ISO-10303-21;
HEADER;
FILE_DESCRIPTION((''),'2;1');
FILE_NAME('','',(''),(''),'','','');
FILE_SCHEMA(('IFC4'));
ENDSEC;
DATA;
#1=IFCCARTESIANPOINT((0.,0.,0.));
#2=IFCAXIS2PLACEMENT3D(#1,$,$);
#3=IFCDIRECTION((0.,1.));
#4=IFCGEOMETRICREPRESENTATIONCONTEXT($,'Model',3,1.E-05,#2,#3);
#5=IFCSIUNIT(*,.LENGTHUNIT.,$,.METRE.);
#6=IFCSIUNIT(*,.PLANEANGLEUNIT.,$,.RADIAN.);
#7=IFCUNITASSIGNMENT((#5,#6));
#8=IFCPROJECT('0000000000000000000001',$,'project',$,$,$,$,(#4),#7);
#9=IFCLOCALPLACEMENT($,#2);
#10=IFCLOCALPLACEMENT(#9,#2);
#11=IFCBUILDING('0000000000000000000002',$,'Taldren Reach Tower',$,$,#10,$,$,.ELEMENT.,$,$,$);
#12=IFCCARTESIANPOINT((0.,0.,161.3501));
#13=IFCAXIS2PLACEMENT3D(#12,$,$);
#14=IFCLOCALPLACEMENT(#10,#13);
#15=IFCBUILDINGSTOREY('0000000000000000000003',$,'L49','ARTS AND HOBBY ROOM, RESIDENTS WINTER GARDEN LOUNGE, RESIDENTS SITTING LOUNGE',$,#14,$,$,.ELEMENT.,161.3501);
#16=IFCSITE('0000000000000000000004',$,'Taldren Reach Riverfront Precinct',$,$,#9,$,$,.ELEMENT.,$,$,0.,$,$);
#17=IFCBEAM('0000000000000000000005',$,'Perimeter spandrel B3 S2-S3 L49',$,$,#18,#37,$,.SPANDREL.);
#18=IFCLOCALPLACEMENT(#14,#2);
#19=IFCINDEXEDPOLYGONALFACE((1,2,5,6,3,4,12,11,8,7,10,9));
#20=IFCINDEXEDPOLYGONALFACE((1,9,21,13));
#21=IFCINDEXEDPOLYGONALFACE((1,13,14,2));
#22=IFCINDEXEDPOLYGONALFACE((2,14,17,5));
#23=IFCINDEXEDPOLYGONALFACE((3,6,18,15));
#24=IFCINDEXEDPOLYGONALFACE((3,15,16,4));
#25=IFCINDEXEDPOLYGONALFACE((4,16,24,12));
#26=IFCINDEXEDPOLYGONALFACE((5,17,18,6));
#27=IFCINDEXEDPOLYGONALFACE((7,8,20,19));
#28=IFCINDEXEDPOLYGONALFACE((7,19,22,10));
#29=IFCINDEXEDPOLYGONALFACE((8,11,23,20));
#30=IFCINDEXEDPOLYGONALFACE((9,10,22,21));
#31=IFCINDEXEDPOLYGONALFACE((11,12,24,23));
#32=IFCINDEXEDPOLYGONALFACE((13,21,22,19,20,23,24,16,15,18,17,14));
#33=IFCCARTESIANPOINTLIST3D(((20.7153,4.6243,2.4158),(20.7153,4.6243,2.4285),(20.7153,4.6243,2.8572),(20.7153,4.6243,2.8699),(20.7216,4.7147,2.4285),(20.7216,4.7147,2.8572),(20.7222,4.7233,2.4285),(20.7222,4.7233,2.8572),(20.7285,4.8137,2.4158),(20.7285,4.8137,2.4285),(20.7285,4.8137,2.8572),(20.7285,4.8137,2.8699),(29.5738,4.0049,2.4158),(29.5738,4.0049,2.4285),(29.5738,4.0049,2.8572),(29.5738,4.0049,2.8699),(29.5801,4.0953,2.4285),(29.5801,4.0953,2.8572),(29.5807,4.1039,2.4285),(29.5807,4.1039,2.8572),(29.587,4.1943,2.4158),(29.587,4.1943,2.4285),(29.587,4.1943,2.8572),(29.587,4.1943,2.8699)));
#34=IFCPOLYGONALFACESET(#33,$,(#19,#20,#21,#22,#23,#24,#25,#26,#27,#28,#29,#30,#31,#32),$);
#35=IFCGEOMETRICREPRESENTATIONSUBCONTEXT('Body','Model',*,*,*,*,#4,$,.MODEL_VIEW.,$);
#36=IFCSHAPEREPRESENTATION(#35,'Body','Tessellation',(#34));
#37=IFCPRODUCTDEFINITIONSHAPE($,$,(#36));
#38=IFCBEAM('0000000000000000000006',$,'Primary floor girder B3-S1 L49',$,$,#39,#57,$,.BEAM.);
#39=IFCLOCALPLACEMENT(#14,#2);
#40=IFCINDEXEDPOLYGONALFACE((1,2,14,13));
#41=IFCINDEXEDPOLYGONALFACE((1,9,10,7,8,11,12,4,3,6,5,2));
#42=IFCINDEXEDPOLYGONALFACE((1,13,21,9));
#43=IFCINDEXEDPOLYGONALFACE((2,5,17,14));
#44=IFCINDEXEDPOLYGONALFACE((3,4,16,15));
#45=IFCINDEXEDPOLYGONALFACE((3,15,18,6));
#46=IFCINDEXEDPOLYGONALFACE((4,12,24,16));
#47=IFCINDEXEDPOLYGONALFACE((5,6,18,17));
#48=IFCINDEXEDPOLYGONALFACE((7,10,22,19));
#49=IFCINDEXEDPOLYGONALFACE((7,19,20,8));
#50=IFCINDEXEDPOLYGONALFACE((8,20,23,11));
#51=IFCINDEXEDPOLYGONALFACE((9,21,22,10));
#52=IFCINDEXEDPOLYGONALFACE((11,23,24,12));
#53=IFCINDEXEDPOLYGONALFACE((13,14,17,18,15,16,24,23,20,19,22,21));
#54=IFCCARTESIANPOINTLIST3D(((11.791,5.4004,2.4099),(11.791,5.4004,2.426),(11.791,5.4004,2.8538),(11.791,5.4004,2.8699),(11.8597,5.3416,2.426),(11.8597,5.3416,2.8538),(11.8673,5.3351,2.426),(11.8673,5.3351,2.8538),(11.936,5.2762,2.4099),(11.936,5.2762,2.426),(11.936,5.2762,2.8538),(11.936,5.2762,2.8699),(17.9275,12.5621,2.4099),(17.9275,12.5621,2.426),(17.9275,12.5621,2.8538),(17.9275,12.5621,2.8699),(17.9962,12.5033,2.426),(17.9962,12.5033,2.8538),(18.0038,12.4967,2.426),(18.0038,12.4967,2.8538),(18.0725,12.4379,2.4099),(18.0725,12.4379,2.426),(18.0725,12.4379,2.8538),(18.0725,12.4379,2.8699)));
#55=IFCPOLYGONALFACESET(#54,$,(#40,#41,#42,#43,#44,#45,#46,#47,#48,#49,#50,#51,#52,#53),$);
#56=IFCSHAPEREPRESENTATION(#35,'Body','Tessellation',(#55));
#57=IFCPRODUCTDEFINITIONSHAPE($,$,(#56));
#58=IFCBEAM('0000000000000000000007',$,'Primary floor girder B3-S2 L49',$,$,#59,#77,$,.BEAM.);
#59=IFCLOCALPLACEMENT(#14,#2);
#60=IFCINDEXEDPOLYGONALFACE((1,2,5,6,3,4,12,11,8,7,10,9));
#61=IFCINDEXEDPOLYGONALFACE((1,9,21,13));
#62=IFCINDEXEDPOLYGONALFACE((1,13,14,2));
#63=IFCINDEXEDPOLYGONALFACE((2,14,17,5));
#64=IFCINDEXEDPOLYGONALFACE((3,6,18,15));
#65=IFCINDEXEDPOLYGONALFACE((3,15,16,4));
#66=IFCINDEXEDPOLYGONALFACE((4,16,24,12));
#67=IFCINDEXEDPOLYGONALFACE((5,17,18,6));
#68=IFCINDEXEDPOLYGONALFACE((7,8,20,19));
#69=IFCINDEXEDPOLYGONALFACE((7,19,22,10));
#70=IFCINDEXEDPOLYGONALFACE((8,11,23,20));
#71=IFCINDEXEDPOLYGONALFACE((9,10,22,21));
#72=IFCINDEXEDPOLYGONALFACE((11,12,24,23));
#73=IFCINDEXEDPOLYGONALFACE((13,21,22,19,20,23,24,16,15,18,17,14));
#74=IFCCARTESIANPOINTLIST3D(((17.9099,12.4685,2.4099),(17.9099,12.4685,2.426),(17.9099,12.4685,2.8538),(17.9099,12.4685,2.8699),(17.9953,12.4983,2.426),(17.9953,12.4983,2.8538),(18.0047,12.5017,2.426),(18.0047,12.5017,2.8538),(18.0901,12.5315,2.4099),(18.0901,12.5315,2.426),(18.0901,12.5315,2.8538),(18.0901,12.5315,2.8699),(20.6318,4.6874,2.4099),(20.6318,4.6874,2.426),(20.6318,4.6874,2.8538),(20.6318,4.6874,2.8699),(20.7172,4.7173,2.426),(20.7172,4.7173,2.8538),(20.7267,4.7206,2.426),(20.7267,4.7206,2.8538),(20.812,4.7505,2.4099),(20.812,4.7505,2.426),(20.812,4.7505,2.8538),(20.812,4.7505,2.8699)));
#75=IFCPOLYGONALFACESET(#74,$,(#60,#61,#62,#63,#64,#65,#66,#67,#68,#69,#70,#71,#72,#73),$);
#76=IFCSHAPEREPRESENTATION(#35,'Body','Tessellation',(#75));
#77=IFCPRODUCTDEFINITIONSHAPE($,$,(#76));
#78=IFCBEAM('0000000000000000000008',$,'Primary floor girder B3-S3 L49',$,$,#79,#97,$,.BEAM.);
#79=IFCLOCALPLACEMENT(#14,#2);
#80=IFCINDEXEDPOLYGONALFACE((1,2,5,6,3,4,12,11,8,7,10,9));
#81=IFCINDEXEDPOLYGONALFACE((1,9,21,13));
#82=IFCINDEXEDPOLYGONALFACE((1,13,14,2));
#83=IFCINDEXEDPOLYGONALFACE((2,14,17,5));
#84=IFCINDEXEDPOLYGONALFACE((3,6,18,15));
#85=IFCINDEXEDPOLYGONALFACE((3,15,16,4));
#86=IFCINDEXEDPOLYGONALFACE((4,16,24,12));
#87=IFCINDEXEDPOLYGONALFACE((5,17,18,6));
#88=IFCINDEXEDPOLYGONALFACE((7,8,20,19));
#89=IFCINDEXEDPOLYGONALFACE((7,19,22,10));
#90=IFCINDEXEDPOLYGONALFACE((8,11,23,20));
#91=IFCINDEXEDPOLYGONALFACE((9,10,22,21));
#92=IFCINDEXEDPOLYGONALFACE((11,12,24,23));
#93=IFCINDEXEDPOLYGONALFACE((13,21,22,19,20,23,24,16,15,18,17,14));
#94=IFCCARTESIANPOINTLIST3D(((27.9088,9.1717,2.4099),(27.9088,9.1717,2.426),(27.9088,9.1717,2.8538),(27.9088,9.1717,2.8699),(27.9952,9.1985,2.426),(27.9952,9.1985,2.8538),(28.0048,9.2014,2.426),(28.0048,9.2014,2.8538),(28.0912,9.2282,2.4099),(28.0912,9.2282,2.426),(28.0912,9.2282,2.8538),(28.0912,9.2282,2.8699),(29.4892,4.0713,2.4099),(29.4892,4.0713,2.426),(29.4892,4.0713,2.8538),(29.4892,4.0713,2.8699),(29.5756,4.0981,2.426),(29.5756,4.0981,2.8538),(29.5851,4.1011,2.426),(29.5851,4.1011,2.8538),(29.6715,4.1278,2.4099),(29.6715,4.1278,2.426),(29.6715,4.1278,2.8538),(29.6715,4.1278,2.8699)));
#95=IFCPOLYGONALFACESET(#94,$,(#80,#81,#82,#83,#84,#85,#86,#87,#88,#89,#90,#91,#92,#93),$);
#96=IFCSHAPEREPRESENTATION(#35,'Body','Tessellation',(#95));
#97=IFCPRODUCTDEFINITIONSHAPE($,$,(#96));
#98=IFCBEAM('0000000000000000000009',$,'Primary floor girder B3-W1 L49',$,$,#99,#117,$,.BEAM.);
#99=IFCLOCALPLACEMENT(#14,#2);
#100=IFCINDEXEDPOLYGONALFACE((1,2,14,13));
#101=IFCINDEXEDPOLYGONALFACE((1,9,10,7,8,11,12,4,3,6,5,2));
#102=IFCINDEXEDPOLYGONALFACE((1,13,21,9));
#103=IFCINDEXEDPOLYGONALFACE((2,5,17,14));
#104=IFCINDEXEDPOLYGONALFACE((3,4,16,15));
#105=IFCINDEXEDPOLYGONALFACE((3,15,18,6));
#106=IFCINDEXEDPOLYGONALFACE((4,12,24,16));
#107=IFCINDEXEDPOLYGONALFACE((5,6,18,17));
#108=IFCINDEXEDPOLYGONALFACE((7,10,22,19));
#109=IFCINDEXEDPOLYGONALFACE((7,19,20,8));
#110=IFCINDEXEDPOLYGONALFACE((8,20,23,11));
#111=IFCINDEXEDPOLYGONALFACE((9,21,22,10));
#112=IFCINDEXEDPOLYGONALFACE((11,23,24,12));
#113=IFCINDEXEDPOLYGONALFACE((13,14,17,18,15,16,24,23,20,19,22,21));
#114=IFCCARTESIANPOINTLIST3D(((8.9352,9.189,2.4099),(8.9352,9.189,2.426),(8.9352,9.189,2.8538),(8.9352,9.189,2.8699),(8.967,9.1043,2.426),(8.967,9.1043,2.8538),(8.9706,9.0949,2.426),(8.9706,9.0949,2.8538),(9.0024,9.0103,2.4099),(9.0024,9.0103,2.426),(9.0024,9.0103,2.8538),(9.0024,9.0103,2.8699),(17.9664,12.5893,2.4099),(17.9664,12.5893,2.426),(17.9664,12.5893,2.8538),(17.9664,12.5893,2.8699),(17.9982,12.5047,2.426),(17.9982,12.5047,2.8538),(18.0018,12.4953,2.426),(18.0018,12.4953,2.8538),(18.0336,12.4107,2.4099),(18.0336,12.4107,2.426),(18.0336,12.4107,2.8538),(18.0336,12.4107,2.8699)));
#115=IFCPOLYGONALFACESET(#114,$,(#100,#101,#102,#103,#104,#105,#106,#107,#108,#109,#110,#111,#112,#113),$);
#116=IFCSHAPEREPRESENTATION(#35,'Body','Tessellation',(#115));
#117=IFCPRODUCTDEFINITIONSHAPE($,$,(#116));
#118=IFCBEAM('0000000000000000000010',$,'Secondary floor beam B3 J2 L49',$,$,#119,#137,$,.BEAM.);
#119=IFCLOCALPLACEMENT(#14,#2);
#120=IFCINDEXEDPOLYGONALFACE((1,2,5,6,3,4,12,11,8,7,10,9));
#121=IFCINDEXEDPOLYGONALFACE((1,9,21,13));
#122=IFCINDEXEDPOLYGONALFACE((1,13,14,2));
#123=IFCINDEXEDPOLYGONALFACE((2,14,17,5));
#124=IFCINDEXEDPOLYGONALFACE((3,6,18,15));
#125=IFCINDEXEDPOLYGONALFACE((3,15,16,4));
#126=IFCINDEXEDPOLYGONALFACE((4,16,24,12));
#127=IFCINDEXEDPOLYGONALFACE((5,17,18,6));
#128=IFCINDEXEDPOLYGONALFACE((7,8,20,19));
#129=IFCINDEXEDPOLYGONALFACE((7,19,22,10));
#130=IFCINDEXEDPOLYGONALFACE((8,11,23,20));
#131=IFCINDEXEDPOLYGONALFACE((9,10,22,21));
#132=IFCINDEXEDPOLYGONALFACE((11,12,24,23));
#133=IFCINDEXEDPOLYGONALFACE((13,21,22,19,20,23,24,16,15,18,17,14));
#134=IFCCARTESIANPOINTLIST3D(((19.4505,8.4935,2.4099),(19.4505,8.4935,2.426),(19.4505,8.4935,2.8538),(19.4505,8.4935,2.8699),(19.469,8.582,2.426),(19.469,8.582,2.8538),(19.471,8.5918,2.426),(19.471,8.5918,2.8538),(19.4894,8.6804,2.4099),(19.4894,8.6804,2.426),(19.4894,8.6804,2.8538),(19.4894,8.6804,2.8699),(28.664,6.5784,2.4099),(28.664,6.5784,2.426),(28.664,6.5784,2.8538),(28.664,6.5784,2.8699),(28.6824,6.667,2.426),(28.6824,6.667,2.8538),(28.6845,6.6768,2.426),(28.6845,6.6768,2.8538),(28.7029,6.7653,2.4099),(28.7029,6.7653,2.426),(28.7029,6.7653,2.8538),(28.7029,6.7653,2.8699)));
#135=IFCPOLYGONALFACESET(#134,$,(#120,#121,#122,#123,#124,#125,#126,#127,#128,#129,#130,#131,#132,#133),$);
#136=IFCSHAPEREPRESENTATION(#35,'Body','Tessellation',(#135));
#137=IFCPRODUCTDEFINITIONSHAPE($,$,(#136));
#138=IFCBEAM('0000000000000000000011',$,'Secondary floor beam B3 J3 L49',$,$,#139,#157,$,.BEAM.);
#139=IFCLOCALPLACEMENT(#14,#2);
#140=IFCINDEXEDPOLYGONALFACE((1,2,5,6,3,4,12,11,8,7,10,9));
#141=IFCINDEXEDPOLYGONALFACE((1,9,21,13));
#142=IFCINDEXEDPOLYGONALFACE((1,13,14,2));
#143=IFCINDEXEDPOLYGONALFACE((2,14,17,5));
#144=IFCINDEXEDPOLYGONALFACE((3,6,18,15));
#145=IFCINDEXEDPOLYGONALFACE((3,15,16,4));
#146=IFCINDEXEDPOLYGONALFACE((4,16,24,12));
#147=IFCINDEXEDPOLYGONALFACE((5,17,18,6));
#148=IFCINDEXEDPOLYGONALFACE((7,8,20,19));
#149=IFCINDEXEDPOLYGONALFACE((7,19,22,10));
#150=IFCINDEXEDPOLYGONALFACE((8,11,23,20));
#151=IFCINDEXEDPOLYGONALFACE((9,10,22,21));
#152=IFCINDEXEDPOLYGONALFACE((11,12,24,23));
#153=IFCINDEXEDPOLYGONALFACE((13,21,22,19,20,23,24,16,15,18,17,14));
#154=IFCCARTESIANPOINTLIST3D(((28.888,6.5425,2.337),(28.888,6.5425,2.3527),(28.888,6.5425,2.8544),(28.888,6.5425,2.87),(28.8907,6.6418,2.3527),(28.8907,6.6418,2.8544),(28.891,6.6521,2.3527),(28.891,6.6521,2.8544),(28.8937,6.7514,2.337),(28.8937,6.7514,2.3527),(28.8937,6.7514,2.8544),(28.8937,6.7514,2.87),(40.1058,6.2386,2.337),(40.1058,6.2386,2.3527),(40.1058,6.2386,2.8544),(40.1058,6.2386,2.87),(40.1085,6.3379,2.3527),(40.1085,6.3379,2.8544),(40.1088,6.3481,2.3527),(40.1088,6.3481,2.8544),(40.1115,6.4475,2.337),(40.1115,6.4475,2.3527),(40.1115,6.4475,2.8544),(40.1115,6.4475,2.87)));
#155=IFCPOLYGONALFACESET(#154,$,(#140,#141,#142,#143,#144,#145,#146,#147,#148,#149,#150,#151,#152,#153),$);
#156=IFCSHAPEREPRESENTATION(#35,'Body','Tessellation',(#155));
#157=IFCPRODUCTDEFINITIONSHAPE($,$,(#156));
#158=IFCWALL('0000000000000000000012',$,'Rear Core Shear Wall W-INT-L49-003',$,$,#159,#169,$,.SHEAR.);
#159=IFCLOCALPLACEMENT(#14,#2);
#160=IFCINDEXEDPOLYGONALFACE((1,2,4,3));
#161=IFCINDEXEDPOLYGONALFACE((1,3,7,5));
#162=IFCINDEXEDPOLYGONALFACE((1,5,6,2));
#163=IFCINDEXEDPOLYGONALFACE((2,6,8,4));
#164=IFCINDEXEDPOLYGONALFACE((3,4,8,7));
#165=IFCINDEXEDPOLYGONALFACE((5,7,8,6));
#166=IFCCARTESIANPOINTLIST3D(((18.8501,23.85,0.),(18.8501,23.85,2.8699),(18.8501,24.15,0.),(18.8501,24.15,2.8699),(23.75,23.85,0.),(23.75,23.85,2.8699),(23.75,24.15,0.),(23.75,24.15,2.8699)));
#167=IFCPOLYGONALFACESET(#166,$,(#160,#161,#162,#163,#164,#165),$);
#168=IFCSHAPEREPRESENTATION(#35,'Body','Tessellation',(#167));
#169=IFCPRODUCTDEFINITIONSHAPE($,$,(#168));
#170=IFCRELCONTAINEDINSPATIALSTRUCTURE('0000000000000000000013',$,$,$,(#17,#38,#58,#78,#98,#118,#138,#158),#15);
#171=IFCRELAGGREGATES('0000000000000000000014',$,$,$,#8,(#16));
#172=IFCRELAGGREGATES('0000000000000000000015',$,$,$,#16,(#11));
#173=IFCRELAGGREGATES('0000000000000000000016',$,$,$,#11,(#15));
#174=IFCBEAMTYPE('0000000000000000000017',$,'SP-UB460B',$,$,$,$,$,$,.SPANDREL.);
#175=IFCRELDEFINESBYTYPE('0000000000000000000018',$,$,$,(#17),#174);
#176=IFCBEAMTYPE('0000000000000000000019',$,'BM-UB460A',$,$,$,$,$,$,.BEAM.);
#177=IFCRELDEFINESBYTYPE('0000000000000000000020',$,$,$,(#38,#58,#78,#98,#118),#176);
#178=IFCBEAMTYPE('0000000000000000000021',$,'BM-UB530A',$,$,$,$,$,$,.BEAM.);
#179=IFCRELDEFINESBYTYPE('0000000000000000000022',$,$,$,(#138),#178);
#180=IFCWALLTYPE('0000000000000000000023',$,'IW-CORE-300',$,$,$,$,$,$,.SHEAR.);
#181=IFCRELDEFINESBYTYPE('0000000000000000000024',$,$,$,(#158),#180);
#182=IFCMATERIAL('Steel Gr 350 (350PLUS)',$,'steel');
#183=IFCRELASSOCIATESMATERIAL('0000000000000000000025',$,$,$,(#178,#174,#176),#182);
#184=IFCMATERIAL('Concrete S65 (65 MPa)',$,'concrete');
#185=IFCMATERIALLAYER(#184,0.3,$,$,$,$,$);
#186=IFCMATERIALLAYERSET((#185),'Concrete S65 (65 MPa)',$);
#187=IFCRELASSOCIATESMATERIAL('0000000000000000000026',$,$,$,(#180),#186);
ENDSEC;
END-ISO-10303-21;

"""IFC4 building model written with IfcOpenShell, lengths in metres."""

from ifc_helpers import new_model, si_unit, direction, frame, frame_2d, origin, origin_2d, place, context, subcontext, project, spatial, rectangle, i_section, extrude, source, transform, mapped, material, layer, layer_set, material_profile, profile_set, type_object, element, save


model = new_model("IFC4")

# Units and contexts
model_context = context("Model", 3, precision=1e-05, world=origin(), true_north=direction((0.0, 1.0)))
body_context = subcontext(model_context, "Body", "Model", "MODEL_VIEW")
ifc_project = project(units=[si_unit("LENGTHUNIT", "METRE"), si_unit("PLANEANGLEUNIT", "RADIAN")], contexts=[model_context])

# Site, building, storey
site_placement = place(None, origin())
site = spatial("IfcSite", under=ifc_project, at=site_placement, Name="Taldren Reach Riverfront Precinct", CompositionType="ELEMENT", RefElevation=0.0)
building_placement = place(site_placement, origin())
building = spatial("IfcBuilding", under=site, at=building_placement, Name="Taldren Reach Tower", CompositionType="ELEMENT")
storey_placement = place(building_placement, frame((0.0, 0.0, 161.3501)))
storey = spatial("IfcBuildingStorey", under=building, at=storey_placement, Name="L49", Description="ARTS AND HOBBY ROOM, RESIDENTS WINTER GARDEN LOUNGE, RESIDENTS SITTING LOUNGE", CompositionType="ELEMENT", Elevation=161.3501)

# Shared definitions
ifc_material_1 = material(Name="Steel Gr 350 (350PLUS)", Category="steel")

# Shared definitions
ifc_material_profile_1 = material_profile(ifc_material_1, i_section(OverallWidth=0.209, OverallDepth=0.533, WebThickness=0.0103, FlangeThickness=0.0156, at=origin_2d()), Name="530UB92.4")
ifc_profile_set_1 = profile_set([ifc_material_profile_1], Name="Steel Gr 350 (350PLUS)")
beam_type_1 = type_object("IfcBeamType", Name="BM-UB530A", PredefinedType="BEAM", material=ifc_profile_set_1)

# Beams
ifc_material_profile_2 = material_profile(ifc_material_1, i_section(OverallWidth=0.1899, OverallDepth=0.4541, WebThickness=0.0085, FlangeThickness=0.0127, at=origin_2d()), Name="460UB67.1")
ifc_profile_set_2 = profile_set([ifc_material_profile_2], Name="Steel Gr 350 (350PLUS)")
beam_type_2 = type_object("IfcBeamType", Name="SP-UB460B", PredefinedType="SPANDREL", material=ifc_profile_set_2)
shared_shape_1 = source(origin(), body_context, "Body", "SweptSolid", [
    extrude(i_section(OverallWidth=0.1899, OverallDepth=0.4541, WebThickness=0.0085, FlangeThickness=0.0127, at=origin_2d()), origin(), (0.0, 0.0, 1.0), 8.8801),
])
beam_1_placement = place(storey_placement, frame((20.7219, 4.719, 2.6428), z_axis=(0.997564, -0.06975, 0.0), x_axis=(0.06975, 0.997564, 0.0)))
element("IfcBeam", 1, at=beam_1_placement, inside=storey, type_object=beam_type_2, Name="Perimeter spandrel B3 S2-S3 L49", PredefinedType="SPANDREL", context=body_context, shape_type="MappedRepresentation", body=[
    mapped(shared_shape_1, transform((0.0, 0.0, 0.0), scale=1.0)),
])
ifc_material_profile_3 = material_profile(ifc_material_1, i_section(OverallWidth=0.1909, OverallDepth=0.46, WebThickness=0.01, FlangeThickness=0.0161, at=origin_2d()), Name="460UB82.1")
ifc_profile_set_3 = profile_set([ifc_material_profile_3], Name="Steel Gr 350 (350PLUS)")
beam_type_3 = type_object("IfcBeamType", Name="BM-UB460A", PredefinedType="BEAM", material=ifc_profile_set_3)
shared_shape_2 = source(origin(), body_context, "Body", "SweptSolid", [
    extrude(i_section(OverallWidth=0.1909, OverallDepth=0.46, WebThickness=0.01, FlangeThickness=0.0161, at=origin_2d()), origin(), (0.0, 0.0, 1.0), 9.4312),
])
beam_2_placement = place(storey_placement, frame((18.0, 12.5, 2.6399), z_axis=(-0.650666, -0.759364, 0.0), x_axis=(0.759364, -0.650666, 0.0)))
element("IfcBeam", 2, at=beam_2_placement, inside=storey, type_object=beam_type_3, Name="Primary floor girder B3-S1 L49", PredefinedType="BEAM", context=body_context, shape_type="MappedRepresentation", body=[
    mapped(shared_shape_2, transform((0.0, 0.0, 0.0), scale=1.0)),
])
shared_shape_3 = source(origin(), body_context, "Body", "SweptSolid", [
    extrude(i_section(OverallWidth=0.1909, OverallDepth=0.46, WebThickness=0.01, FlangeThickness=0.0161, at=origin_2d()), origin(), (0.0, 0.0, 1.0), 8.2434),
])
beam_3_placement = place(storey_placement, frame((18.0, 12.5, 2.6399), z_axis=(0.330196, -0.943912, 0.0), x_axis=(0.943912, 0.330196, 0.0)))
element("IfcBeam", 3, at=beam_3_placement, inside=storey, type_object=beam_type_3, Name="Primary floor girder B3-S2 L49", PredefinedType="BEAM", context=body_context, shape_type="MappedRepresentation", body=[
    mapped(shared_shape_3, transform((0.0, 0.0, 0.0), scale=1.0)),
])
shared_shape_4 = source(origin(), body_context, "Body", "SweptSolid", [
    extrude(i_section(OverallWidth=0.1909, OverallDepth=0.46, WebThickness=0.01, FlangeThickness=0.0161, at=origin_2d()), origin(), (0.0, 0.0, 1.0), 5.3396),
])
beam_4_placement = place(storey_placement, frame((28.0, 9.2, 2.6399), z_axis=(0.295965, -0.955199, 0.0), x_axis=(0.955199, 0.295965, 0.0)))
element("IfcBeam", 4, at=beam_4_placement, inside=storey, type_object=beam_type_3, Name="Primary floor girder B3-S3 L49", PredefinedType="BEAM", context=body_context, shape_type="MappedRepresentation", body=[
    mapped(shared_shape_4, transform((0.0, 0.0, 0.0), scale=1.0)),
])
shared_shape_5 = source(origin(), body_context, "Body", "SweptSolid", [
    extrude(i_section(OverallWidth=0.1909, OverallDepth=0.46, WebThickness=0.01, FlangeThickness=0.0161, at=origin_2d()), origin(), (0.0, 0.0, 1.0), 9.6501),
])
beam_5_placement = place(storey_placement, frame((18.0, 12.5, 2.6399), z_axis=(-0.935863, -0.352365, 0.0), x_axis=(0.352365, -0.935863, 0.0)))
element("IfcBeam", 5, at=beam_5_placement, inside=storey, type_object=beam_type_3, Name="Primary floor girder B3-W1 L49", PredefinedType="BEAM", context=body_context, shape_type="MappedRepresentation", body=[
    mapped(shared_shape_5, transform((0.0, 0.0, 0.0), scale=1.0)),
])
shared_shape_6 = source(origin(), body_context, "Body", "SweptSolid", [
    extrude(i_section(OverallWidth=0.1909, OverallDepth=0.46, WebThickness=0.01, FlangeThickness=0.0161, at=origin_2d()), origin(), (0.0, 0.0, 1.0), 9.4104),
])
beam_6_placement = place(storey_placement, frame((19.47, 8.5869, 2.6399), z_axis=(0.979074, -0.203505, 0.0), x_axis=(0.203505, 0.979074, 0.0)))
element("IfcBeam", 6, at=beam_6_placement, inside=storey, type_object=beam_type_3, Name="Secondary floor beam B3 J2 L49", PredefinedType="BEAM", context=body_context, shape_type="MappedRepresentation", body=[
    mapped(shared_shape_6, transform((0.0, 0.0, 0.0), scale=1.0)),
])
shared_shape_7 = source(origin(), body_context, "Body", "SweptSolid", [
    extrude(i_section(OverallWidth=0.209, OverallDepth=0.533, WebThickness=0.0103, FlangeThickness=0.0156, at=origin_2d()), origin(), (0.0, 0.0, 1.0), 11.2219),
])
beam_7_placement = place(storey_placement, frame((28.8909, 6.647, 2.6035), z_axis=(0.999633, -0.027086, 0.0), x_axis=(0.027086, 0.999633, 0.0)))
element("IfcBeam", 7, at=beam_7_placement, inside=storey, type_object=beam_type_1, Name="Secondary floor beam B3 J3 L49", PredefinedType="BEAM", context=body_context, shape_type="MappedRepresentation", body=[
    mapped(shared_shape_7, transform((0.0, 0.0, 0.0), scale=1.0)),
])

# Wall
ifc_material_2 = material(Name="Concrete S65 (65 MPa)", Category="concrete")
ifc_layer_1 = layer(ifc_material_2, 0.3)
ifc_layer_set_1 = layer_set([ifc_layer_1], Name="Concrete S65 (65 MPa)")
wall_type_1 = type_object("IfcWallType", Name="IW-CORE-300", PredefinedType="SHEAR", material=ifc_layer_set_1)
shared_shape_8 = source(origin(), body_context, "Body", "SweptSolid", [
    extrude(rectangle(XDim=4.8999, YDim=0.3, at=frame_2d((2.45, 0.0))), origin(), (0.0, 0.0, 1.0), 2.8699),
])
wall_1_placement = place(storey_placement, frame((18.8501, 24.0, 0.0), z_axis=(0.0, 0.0, 1.0), x_axis=(1.0, 0.0, 0.0)))
element("IfcWall", 8, at=wall_1_placement, inside=storey, type_object=wall_type_1, Name="Rear Core Shear Wall W-INT-L49-003", PredefinedType="SHEAR", context=body_context, shape_type="MappedRepresentation", body=[
    mapped(shared_shape_8, transform((0.0, 0.0, 0.0), scale=1.0)),
])

save(model, "model.ifc")
